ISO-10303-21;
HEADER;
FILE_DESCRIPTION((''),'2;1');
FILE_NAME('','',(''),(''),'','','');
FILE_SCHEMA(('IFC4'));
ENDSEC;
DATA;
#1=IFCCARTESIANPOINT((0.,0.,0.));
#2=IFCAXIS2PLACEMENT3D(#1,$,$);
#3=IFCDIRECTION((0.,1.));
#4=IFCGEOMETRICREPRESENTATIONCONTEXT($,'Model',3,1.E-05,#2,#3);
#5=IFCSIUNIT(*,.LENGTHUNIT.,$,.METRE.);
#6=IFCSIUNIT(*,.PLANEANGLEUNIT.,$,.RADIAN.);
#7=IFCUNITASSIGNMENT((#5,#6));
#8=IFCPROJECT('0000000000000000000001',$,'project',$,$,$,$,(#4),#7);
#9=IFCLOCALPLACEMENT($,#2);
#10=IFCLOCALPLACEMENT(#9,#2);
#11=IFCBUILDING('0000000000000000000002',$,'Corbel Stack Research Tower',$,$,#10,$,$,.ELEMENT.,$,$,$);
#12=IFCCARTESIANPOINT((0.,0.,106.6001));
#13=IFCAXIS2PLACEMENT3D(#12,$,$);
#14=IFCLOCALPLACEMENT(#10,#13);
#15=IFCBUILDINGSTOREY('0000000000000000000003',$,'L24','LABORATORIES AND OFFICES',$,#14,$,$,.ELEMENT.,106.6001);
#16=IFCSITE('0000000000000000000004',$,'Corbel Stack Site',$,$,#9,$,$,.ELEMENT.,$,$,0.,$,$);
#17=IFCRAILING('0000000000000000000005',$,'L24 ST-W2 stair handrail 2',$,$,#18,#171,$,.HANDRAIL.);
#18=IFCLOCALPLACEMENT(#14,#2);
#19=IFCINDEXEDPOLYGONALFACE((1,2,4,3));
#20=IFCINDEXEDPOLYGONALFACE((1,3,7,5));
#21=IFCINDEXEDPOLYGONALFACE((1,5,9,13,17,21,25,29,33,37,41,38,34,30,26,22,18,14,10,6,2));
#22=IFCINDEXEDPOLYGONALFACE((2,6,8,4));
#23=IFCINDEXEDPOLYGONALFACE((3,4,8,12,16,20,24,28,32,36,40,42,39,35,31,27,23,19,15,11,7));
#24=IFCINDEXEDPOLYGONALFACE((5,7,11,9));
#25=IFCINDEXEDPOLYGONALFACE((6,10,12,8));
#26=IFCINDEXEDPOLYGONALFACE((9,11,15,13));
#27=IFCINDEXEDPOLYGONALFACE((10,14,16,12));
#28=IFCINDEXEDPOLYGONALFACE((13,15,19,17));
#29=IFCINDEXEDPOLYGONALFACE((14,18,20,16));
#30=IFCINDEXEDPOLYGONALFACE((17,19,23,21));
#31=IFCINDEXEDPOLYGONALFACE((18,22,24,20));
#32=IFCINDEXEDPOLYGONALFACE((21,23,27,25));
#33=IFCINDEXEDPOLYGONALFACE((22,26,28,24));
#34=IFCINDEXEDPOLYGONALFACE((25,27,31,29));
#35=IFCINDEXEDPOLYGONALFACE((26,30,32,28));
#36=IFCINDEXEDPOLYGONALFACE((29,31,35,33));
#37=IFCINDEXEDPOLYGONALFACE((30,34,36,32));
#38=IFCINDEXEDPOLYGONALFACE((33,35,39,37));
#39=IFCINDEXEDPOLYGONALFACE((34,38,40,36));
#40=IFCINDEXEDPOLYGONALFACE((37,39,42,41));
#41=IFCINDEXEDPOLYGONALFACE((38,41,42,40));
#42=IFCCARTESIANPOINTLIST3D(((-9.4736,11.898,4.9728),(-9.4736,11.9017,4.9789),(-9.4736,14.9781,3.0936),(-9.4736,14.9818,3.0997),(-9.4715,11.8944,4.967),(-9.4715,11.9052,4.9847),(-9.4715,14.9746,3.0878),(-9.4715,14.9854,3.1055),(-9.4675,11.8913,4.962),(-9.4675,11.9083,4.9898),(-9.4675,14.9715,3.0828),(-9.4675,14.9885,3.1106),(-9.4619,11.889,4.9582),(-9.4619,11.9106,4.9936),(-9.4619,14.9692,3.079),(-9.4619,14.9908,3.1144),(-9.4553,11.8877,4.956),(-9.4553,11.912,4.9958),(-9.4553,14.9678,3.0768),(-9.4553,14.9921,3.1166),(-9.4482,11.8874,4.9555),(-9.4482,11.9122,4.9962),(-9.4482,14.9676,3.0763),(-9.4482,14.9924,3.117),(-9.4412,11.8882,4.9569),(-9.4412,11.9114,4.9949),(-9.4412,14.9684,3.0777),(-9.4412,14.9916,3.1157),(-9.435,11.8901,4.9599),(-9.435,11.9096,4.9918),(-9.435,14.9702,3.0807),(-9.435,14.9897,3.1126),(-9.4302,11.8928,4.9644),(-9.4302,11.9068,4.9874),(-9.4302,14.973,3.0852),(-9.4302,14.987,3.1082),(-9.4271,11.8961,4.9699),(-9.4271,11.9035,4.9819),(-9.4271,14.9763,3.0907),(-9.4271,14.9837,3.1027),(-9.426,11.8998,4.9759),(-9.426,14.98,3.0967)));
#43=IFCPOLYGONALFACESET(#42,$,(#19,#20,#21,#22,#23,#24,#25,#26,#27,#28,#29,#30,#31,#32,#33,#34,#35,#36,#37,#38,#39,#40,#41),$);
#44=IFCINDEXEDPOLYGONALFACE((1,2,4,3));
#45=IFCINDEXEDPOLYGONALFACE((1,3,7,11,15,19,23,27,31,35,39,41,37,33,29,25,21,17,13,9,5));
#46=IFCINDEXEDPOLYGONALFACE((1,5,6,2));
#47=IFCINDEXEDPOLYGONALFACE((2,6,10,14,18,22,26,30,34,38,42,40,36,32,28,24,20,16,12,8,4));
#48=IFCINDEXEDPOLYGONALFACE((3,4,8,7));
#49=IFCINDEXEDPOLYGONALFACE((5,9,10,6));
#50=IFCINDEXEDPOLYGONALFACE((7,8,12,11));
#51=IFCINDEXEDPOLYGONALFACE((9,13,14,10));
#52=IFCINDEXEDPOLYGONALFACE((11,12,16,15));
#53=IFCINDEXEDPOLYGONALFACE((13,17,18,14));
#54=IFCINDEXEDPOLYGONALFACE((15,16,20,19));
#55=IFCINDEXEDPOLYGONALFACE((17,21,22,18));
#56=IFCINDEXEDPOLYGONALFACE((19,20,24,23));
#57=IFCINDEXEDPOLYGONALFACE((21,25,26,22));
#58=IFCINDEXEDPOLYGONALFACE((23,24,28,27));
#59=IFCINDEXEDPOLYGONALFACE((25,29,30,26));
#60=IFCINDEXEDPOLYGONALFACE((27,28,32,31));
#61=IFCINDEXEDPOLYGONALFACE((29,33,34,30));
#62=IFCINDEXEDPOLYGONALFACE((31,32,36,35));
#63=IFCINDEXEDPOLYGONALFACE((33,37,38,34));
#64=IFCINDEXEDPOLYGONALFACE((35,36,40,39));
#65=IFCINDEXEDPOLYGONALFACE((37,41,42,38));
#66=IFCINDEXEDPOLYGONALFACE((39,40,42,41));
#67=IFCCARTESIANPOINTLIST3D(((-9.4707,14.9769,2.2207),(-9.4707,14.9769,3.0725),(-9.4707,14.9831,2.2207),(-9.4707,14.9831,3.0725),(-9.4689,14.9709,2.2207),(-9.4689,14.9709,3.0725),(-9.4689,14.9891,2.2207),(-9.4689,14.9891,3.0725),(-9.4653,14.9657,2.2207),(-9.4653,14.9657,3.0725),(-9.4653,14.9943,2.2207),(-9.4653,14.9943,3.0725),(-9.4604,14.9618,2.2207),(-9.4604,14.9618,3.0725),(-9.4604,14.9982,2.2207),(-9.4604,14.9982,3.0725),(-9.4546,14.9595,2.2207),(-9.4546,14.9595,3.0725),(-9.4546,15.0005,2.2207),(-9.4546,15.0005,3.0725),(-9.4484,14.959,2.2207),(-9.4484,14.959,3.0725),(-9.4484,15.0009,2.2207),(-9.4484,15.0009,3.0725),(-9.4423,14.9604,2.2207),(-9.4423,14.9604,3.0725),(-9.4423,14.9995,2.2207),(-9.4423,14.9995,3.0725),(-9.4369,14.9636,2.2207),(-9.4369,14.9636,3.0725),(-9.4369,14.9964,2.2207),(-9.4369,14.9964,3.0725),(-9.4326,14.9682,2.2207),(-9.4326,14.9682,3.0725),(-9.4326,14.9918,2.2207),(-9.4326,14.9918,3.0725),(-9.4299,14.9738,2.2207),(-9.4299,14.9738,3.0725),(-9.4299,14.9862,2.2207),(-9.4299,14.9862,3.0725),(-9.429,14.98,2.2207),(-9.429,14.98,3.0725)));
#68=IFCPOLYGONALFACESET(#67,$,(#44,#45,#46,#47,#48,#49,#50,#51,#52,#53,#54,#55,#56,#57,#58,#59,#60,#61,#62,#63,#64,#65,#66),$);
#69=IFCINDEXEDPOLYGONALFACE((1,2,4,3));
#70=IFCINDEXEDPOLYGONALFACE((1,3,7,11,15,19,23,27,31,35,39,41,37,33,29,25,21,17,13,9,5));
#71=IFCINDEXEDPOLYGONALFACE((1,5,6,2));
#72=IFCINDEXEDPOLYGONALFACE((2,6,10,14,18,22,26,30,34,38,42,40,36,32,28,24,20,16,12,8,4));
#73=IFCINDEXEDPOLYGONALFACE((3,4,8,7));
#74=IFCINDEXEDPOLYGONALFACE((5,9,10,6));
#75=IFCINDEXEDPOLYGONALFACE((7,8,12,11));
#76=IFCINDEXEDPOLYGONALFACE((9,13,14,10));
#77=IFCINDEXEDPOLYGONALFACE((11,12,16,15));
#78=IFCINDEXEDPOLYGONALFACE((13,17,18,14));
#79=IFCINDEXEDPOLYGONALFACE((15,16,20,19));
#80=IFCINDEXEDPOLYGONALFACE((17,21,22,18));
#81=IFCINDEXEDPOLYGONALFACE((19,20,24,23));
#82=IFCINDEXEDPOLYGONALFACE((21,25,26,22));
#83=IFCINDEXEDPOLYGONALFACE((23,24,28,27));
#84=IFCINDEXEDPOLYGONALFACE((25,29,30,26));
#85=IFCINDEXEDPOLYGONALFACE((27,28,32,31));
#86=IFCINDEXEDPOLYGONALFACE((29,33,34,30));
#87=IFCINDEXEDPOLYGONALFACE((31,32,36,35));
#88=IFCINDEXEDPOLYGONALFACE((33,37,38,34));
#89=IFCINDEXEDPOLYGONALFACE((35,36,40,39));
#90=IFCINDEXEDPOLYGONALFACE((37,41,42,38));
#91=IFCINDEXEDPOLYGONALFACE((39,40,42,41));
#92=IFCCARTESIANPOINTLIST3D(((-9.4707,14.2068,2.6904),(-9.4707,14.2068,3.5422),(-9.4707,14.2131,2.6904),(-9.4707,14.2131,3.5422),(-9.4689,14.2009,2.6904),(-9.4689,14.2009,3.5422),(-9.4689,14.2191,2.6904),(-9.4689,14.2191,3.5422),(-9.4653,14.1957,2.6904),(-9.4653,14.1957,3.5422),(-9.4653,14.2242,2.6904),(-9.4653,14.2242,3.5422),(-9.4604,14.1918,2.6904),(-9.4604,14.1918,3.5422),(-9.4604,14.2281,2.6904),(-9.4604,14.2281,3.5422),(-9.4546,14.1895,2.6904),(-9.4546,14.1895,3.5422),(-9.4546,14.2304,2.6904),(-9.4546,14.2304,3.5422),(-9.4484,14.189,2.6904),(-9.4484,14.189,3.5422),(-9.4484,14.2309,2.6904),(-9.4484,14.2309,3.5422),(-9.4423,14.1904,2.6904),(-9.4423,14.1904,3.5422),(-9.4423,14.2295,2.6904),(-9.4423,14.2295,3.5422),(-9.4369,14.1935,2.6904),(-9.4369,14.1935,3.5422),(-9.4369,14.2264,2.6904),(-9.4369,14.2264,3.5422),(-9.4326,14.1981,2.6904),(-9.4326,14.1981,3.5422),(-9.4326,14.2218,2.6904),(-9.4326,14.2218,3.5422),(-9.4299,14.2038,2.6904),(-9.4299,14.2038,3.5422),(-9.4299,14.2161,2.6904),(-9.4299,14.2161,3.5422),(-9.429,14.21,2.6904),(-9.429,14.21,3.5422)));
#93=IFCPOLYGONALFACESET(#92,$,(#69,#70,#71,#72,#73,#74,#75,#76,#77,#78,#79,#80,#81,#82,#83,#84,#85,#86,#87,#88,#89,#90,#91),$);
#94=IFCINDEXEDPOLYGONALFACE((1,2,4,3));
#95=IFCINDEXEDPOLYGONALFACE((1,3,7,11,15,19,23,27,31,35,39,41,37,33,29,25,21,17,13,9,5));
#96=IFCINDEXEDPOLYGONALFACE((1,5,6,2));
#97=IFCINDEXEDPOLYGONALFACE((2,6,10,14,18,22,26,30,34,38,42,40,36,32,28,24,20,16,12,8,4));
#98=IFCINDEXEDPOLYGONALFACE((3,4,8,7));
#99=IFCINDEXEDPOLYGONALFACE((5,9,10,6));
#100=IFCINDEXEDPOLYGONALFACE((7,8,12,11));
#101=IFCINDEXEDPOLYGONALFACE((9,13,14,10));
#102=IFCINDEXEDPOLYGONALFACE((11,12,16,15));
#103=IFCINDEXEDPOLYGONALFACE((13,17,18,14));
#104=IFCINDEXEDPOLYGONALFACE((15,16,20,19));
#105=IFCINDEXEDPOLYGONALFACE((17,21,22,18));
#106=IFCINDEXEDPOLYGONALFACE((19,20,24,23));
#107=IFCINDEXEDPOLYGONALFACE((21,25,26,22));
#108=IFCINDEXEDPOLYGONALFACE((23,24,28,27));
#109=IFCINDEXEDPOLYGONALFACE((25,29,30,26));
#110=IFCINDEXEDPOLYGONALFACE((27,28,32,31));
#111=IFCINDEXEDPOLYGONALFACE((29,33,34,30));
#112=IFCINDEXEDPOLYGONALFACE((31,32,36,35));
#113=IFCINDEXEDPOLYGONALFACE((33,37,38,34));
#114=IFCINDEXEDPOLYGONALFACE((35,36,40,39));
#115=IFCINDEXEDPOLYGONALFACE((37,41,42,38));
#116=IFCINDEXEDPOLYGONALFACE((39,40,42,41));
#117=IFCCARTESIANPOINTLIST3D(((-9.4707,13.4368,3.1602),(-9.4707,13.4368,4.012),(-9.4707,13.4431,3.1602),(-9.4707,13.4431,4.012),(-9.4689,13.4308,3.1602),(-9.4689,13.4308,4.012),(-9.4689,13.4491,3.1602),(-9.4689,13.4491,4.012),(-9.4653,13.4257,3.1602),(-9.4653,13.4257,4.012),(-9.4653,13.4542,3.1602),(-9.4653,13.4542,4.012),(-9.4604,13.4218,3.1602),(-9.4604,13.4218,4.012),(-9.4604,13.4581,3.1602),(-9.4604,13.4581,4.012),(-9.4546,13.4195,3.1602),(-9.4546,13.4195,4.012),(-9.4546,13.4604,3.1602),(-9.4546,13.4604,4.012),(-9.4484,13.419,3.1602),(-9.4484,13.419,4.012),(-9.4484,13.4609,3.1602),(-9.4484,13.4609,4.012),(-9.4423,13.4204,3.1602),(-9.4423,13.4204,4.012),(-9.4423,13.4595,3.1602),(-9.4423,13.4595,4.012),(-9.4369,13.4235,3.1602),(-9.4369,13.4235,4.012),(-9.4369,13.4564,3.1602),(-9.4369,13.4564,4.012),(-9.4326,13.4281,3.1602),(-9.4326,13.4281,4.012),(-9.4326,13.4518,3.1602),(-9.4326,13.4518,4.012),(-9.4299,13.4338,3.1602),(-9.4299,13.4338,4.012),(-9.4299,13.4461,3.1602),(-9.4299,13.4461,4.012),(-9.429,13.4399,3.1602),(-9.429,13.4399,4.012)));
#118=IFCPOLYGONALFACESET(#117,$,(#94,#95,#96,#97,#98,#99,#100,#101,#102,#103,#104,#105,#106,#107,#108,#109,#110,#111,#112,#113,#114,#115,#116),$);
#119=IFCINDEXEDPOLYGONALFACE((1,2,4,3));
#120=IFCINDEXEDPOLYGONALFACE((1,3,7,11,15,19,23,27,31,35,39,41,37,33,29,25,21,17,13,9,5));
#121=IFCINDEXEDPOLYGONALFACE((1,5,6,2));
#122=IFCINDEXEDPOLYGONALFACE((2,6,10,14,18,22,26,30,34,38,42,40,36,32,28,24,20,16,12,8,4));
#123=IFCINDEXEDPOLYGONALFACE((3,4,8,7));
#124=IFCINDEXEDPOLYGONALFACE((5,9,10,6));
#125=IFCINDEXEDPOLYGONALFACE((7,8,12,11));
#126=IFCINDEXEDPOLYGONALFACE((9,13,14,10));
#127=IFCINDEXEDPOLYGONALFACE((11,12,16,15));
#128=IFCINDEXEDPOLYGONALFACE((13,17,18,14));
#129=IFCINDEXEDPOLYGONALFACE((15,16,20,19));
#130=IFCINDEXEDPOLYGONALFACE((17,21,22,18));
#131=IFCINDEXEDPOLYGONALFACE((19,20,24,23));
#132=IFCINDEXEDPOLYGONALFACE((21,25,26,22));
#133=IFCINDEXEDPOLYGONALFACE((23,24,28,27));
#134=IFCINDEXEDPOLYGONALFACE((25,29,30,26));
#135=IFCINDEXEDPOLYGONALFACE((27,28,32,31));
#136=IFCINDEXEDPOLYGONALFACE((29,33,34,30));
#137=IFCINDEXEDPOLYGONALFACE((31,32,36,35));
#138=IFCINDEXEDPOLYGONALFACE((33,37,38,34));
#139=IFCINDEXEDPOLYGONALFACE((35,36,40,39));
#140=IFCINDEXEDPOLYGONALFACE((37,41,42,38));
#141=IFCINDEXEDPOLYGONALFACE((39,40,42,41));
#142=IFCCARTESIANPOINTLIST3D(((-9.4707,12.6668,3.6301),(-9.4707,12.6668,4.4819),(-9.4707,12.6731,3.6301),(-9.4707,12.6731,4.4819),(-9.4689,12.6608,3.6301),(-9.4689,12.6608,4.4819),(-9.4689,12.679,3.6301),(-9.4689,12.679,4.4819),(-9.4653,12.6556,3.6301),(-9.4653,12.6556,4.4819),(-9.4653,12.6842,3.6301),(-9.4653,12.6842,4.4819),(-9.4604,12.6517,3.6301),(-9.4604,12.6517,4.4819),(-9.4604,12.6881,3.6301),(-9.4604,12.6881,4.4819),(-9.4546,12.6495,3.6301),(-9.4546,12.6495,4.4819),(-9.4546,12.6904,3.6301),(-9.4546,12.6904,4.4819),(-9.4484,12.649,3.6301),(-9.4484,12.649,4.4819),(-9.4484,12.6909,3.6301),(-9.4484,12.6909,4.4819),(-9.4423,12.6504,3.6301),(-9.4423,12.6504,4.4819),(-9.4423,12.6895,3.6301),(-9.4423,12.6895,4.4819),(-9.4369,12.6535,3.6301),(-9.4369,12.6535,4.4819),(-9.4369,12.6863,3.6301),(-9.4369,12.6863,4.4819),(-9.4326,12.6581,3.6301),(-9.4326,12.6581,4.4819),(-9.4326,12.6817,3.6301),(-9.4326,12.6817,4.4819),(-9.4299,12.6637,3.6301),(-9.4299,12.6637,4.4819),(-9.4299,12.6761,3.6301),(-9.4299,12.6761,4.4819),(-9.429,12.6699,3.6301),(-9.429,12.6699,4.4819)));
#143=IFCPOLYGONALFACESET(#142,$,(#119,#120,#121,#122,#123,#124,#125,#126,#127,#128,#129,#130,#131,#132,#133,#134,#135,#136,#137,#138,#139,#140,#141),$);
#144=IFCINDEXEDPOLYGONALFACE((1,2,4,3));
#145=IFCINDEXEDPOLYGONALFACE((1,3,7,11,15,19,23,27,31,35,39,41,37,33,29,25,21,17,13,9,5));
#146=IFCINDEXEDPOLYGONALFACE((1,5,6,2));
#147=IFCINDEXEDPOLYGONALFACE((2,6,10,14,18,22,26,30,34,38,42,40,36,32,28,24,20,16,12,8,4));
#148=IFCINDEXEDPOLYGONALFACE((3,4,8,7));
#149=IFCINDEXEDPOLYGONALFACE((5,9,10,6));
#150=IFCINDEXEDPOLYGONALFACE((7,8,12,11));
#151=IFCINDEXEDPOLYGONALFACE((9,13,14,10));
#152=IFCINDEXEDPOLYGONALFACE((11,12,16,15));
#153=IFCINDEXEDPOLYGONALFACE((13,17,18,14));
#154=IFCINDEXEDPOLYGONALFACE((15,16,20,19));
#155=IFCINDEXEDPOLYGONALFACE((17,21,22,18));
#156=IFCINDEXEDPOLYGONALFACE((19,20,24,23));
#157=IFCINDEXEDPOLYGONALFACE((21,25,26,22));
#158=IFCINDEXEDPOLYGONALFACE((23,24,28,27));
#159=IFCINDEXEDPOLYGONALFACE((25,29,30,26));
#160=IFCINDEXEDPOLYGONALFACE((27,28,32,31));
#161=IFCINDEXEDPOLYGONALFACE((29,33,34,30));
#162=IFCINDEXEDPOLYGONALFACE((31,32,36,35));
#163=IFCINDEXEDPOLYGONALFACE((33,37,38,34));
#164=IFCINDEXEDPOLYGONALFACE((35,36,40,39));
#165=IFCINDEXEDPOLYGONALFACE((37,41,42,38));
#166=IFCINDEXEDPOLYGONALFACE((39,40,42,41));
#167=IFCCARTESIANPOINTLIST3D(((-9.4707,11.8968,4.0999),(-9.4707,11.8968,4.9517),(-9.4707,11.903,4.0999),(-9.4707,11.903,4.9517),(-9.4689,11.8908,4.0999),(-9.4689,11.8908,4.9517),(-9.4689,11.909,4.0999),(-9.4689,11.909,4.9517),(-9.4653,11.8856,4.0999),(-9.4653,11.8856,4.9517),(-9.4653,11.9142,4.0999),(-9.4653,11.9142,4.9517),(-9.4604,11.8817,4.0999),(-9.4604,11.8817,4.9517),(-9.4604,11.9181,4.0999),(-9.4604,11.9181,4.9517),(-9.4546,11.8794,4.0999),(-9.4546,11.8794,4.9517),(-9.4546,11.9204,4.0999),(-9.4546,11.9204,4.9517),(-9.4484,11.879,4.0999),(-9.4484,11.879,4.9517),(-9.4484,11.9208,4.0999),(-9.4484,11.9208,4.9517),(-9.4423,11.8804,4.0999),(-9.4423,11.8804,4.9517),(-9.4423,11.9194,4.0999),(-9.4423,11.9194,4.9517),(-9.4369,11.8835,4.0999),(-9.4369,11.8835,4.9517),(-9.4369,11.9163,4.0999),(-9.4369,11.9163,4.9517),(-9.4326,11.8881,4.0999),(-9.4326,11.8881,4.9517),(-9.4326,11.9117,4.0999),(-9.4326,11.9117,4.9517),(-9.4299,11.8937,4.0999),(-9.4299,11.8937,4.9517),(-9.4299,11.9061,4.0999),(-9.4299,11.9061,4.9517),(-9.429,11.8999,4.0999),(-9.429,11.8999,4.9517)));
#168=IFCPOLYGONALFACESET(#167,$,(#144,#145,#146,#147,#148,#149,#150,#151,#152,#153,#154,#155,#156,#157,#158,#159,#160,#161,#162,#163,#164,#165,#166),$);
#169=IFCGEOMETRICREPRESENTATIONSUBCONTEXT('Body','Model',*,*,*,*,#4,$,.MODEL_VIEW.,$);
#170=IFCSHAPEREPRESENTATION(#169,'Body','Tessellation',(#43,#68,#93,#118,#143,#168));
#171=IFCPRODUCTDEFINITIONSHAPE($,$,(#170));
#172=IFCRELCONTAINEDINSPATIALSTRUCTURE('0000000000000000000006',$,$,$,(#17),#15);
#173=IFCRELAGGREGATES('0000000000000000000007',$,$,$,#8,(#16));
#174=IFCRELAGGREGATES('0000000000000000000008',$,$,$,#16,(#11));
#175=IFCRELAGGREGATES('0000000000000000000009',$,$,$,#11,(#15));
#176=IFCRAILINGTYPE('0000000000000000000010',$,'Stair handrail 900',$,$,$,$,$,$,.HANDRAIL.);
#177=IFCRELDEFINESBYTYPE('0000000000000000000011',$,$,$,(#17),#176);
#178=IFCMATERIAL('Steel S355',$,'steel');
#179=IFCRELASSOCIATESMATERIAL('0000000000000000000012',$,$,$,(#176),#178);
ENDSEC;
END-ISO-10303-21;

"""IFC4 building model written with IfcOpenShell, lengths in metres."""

from ifc_helpers import new_model, si_unit, direction, frame, origin, origin_2d, place, context, subcontext, project, spatial, circle, extrude, material, type_object, element, save


model = new_model("IFC4")

# Units and contexts
model_context = context("Model", 3, precision=1e-05, world=origin(), true_north=direction((0.0, 1.0)))
body_context = subcontext(model_context, "Body", "Model", "MODEL_VIEW")
ifc_project = project(units=[si_unit("LENGTHUNIT", "METRE"), si_unit("PLANEANGLEUNIT", "RADIAN")], contexts=[model_context])

# Site, building, storey
site_placement = place(None, origin())
site = spatial("IfcSite", under=ifc_project, at=site_placement, Name="Corbel Stack Site", CompositionType="ELEMENT", RefElevation=0.0)
building_placement = place(site_placement, origin())
building = spatial("IfcBuilding", under=site, at=building_placement, Name="Corbel Stack Research Tower", CompositionType="ELEMENT")
storey_placement = place(building_placement, frame((0.0, 0.0, 106.6001)))
storey = spatial("IfcBuildingStorey", under=building, at=storey_placement, Name="L24", Description="LABORATORIES AND OFFICES", CompositionType="ELEMENT", Elevation=106.6001)

# Railing
ifc_material_1 = material(Name="Steel S355", Category="steel")
railing_type_1 = type_object("IfcRailingType", Name="Stair handrail 900", PredefinedType="HANDRAIL", material=ifc_material_1)
railing_1_placement = place(storey_placement, frame((-9.45, 14.98, 2.2207)))
element("IfcRailing", 1, at=railing_1_placement, inside=storey, type_object=railing_type_1, Name="L24 ST-W2 stair handrail 2", PredefinedType="HANDRAIL", context=body_context, shape_type="SweptSolid", body=[
    extrude(circle(Radius=0.0239, at=origin_2d()), frame((0.0, 0.0, 0.876), z_axis=(0.0, -0.853666, 0.52082), x_axis=(1.0, 0.0, 0.0)), (0.0, 0.0, 1.0), 3.6082),
    extrude(circle(Radius=0.021, at=origin_2d()), origin(), (0.0, 0.0, 1.0), 0.8518),
    extrude(circle(Radius=0.021, at=origin_2d()), frame((0.0, -0.77, 0.4697)), (0.0, 0.0, 1.0), 0.8518),
    extrude(circle(Radius=0.021, at=origin_2d()), frame((0.0, -1.54, 0.9395)), (0.0, 0.0, 1.0), 0.8518),
    extrude(circle(Radius=0.021, at=origin_2d()), frame((0.0, -2.3101, 1.4094)), (0.0, 0.0, 1.0), 0.8518),
    extrude(circle(Radius=0.021, at=origin_2d()), frame((0.0, -3.0801, 1.8792)), (0.0, 0.0, 1.0), 0.8518),
])

save(model, "model.ifc")
